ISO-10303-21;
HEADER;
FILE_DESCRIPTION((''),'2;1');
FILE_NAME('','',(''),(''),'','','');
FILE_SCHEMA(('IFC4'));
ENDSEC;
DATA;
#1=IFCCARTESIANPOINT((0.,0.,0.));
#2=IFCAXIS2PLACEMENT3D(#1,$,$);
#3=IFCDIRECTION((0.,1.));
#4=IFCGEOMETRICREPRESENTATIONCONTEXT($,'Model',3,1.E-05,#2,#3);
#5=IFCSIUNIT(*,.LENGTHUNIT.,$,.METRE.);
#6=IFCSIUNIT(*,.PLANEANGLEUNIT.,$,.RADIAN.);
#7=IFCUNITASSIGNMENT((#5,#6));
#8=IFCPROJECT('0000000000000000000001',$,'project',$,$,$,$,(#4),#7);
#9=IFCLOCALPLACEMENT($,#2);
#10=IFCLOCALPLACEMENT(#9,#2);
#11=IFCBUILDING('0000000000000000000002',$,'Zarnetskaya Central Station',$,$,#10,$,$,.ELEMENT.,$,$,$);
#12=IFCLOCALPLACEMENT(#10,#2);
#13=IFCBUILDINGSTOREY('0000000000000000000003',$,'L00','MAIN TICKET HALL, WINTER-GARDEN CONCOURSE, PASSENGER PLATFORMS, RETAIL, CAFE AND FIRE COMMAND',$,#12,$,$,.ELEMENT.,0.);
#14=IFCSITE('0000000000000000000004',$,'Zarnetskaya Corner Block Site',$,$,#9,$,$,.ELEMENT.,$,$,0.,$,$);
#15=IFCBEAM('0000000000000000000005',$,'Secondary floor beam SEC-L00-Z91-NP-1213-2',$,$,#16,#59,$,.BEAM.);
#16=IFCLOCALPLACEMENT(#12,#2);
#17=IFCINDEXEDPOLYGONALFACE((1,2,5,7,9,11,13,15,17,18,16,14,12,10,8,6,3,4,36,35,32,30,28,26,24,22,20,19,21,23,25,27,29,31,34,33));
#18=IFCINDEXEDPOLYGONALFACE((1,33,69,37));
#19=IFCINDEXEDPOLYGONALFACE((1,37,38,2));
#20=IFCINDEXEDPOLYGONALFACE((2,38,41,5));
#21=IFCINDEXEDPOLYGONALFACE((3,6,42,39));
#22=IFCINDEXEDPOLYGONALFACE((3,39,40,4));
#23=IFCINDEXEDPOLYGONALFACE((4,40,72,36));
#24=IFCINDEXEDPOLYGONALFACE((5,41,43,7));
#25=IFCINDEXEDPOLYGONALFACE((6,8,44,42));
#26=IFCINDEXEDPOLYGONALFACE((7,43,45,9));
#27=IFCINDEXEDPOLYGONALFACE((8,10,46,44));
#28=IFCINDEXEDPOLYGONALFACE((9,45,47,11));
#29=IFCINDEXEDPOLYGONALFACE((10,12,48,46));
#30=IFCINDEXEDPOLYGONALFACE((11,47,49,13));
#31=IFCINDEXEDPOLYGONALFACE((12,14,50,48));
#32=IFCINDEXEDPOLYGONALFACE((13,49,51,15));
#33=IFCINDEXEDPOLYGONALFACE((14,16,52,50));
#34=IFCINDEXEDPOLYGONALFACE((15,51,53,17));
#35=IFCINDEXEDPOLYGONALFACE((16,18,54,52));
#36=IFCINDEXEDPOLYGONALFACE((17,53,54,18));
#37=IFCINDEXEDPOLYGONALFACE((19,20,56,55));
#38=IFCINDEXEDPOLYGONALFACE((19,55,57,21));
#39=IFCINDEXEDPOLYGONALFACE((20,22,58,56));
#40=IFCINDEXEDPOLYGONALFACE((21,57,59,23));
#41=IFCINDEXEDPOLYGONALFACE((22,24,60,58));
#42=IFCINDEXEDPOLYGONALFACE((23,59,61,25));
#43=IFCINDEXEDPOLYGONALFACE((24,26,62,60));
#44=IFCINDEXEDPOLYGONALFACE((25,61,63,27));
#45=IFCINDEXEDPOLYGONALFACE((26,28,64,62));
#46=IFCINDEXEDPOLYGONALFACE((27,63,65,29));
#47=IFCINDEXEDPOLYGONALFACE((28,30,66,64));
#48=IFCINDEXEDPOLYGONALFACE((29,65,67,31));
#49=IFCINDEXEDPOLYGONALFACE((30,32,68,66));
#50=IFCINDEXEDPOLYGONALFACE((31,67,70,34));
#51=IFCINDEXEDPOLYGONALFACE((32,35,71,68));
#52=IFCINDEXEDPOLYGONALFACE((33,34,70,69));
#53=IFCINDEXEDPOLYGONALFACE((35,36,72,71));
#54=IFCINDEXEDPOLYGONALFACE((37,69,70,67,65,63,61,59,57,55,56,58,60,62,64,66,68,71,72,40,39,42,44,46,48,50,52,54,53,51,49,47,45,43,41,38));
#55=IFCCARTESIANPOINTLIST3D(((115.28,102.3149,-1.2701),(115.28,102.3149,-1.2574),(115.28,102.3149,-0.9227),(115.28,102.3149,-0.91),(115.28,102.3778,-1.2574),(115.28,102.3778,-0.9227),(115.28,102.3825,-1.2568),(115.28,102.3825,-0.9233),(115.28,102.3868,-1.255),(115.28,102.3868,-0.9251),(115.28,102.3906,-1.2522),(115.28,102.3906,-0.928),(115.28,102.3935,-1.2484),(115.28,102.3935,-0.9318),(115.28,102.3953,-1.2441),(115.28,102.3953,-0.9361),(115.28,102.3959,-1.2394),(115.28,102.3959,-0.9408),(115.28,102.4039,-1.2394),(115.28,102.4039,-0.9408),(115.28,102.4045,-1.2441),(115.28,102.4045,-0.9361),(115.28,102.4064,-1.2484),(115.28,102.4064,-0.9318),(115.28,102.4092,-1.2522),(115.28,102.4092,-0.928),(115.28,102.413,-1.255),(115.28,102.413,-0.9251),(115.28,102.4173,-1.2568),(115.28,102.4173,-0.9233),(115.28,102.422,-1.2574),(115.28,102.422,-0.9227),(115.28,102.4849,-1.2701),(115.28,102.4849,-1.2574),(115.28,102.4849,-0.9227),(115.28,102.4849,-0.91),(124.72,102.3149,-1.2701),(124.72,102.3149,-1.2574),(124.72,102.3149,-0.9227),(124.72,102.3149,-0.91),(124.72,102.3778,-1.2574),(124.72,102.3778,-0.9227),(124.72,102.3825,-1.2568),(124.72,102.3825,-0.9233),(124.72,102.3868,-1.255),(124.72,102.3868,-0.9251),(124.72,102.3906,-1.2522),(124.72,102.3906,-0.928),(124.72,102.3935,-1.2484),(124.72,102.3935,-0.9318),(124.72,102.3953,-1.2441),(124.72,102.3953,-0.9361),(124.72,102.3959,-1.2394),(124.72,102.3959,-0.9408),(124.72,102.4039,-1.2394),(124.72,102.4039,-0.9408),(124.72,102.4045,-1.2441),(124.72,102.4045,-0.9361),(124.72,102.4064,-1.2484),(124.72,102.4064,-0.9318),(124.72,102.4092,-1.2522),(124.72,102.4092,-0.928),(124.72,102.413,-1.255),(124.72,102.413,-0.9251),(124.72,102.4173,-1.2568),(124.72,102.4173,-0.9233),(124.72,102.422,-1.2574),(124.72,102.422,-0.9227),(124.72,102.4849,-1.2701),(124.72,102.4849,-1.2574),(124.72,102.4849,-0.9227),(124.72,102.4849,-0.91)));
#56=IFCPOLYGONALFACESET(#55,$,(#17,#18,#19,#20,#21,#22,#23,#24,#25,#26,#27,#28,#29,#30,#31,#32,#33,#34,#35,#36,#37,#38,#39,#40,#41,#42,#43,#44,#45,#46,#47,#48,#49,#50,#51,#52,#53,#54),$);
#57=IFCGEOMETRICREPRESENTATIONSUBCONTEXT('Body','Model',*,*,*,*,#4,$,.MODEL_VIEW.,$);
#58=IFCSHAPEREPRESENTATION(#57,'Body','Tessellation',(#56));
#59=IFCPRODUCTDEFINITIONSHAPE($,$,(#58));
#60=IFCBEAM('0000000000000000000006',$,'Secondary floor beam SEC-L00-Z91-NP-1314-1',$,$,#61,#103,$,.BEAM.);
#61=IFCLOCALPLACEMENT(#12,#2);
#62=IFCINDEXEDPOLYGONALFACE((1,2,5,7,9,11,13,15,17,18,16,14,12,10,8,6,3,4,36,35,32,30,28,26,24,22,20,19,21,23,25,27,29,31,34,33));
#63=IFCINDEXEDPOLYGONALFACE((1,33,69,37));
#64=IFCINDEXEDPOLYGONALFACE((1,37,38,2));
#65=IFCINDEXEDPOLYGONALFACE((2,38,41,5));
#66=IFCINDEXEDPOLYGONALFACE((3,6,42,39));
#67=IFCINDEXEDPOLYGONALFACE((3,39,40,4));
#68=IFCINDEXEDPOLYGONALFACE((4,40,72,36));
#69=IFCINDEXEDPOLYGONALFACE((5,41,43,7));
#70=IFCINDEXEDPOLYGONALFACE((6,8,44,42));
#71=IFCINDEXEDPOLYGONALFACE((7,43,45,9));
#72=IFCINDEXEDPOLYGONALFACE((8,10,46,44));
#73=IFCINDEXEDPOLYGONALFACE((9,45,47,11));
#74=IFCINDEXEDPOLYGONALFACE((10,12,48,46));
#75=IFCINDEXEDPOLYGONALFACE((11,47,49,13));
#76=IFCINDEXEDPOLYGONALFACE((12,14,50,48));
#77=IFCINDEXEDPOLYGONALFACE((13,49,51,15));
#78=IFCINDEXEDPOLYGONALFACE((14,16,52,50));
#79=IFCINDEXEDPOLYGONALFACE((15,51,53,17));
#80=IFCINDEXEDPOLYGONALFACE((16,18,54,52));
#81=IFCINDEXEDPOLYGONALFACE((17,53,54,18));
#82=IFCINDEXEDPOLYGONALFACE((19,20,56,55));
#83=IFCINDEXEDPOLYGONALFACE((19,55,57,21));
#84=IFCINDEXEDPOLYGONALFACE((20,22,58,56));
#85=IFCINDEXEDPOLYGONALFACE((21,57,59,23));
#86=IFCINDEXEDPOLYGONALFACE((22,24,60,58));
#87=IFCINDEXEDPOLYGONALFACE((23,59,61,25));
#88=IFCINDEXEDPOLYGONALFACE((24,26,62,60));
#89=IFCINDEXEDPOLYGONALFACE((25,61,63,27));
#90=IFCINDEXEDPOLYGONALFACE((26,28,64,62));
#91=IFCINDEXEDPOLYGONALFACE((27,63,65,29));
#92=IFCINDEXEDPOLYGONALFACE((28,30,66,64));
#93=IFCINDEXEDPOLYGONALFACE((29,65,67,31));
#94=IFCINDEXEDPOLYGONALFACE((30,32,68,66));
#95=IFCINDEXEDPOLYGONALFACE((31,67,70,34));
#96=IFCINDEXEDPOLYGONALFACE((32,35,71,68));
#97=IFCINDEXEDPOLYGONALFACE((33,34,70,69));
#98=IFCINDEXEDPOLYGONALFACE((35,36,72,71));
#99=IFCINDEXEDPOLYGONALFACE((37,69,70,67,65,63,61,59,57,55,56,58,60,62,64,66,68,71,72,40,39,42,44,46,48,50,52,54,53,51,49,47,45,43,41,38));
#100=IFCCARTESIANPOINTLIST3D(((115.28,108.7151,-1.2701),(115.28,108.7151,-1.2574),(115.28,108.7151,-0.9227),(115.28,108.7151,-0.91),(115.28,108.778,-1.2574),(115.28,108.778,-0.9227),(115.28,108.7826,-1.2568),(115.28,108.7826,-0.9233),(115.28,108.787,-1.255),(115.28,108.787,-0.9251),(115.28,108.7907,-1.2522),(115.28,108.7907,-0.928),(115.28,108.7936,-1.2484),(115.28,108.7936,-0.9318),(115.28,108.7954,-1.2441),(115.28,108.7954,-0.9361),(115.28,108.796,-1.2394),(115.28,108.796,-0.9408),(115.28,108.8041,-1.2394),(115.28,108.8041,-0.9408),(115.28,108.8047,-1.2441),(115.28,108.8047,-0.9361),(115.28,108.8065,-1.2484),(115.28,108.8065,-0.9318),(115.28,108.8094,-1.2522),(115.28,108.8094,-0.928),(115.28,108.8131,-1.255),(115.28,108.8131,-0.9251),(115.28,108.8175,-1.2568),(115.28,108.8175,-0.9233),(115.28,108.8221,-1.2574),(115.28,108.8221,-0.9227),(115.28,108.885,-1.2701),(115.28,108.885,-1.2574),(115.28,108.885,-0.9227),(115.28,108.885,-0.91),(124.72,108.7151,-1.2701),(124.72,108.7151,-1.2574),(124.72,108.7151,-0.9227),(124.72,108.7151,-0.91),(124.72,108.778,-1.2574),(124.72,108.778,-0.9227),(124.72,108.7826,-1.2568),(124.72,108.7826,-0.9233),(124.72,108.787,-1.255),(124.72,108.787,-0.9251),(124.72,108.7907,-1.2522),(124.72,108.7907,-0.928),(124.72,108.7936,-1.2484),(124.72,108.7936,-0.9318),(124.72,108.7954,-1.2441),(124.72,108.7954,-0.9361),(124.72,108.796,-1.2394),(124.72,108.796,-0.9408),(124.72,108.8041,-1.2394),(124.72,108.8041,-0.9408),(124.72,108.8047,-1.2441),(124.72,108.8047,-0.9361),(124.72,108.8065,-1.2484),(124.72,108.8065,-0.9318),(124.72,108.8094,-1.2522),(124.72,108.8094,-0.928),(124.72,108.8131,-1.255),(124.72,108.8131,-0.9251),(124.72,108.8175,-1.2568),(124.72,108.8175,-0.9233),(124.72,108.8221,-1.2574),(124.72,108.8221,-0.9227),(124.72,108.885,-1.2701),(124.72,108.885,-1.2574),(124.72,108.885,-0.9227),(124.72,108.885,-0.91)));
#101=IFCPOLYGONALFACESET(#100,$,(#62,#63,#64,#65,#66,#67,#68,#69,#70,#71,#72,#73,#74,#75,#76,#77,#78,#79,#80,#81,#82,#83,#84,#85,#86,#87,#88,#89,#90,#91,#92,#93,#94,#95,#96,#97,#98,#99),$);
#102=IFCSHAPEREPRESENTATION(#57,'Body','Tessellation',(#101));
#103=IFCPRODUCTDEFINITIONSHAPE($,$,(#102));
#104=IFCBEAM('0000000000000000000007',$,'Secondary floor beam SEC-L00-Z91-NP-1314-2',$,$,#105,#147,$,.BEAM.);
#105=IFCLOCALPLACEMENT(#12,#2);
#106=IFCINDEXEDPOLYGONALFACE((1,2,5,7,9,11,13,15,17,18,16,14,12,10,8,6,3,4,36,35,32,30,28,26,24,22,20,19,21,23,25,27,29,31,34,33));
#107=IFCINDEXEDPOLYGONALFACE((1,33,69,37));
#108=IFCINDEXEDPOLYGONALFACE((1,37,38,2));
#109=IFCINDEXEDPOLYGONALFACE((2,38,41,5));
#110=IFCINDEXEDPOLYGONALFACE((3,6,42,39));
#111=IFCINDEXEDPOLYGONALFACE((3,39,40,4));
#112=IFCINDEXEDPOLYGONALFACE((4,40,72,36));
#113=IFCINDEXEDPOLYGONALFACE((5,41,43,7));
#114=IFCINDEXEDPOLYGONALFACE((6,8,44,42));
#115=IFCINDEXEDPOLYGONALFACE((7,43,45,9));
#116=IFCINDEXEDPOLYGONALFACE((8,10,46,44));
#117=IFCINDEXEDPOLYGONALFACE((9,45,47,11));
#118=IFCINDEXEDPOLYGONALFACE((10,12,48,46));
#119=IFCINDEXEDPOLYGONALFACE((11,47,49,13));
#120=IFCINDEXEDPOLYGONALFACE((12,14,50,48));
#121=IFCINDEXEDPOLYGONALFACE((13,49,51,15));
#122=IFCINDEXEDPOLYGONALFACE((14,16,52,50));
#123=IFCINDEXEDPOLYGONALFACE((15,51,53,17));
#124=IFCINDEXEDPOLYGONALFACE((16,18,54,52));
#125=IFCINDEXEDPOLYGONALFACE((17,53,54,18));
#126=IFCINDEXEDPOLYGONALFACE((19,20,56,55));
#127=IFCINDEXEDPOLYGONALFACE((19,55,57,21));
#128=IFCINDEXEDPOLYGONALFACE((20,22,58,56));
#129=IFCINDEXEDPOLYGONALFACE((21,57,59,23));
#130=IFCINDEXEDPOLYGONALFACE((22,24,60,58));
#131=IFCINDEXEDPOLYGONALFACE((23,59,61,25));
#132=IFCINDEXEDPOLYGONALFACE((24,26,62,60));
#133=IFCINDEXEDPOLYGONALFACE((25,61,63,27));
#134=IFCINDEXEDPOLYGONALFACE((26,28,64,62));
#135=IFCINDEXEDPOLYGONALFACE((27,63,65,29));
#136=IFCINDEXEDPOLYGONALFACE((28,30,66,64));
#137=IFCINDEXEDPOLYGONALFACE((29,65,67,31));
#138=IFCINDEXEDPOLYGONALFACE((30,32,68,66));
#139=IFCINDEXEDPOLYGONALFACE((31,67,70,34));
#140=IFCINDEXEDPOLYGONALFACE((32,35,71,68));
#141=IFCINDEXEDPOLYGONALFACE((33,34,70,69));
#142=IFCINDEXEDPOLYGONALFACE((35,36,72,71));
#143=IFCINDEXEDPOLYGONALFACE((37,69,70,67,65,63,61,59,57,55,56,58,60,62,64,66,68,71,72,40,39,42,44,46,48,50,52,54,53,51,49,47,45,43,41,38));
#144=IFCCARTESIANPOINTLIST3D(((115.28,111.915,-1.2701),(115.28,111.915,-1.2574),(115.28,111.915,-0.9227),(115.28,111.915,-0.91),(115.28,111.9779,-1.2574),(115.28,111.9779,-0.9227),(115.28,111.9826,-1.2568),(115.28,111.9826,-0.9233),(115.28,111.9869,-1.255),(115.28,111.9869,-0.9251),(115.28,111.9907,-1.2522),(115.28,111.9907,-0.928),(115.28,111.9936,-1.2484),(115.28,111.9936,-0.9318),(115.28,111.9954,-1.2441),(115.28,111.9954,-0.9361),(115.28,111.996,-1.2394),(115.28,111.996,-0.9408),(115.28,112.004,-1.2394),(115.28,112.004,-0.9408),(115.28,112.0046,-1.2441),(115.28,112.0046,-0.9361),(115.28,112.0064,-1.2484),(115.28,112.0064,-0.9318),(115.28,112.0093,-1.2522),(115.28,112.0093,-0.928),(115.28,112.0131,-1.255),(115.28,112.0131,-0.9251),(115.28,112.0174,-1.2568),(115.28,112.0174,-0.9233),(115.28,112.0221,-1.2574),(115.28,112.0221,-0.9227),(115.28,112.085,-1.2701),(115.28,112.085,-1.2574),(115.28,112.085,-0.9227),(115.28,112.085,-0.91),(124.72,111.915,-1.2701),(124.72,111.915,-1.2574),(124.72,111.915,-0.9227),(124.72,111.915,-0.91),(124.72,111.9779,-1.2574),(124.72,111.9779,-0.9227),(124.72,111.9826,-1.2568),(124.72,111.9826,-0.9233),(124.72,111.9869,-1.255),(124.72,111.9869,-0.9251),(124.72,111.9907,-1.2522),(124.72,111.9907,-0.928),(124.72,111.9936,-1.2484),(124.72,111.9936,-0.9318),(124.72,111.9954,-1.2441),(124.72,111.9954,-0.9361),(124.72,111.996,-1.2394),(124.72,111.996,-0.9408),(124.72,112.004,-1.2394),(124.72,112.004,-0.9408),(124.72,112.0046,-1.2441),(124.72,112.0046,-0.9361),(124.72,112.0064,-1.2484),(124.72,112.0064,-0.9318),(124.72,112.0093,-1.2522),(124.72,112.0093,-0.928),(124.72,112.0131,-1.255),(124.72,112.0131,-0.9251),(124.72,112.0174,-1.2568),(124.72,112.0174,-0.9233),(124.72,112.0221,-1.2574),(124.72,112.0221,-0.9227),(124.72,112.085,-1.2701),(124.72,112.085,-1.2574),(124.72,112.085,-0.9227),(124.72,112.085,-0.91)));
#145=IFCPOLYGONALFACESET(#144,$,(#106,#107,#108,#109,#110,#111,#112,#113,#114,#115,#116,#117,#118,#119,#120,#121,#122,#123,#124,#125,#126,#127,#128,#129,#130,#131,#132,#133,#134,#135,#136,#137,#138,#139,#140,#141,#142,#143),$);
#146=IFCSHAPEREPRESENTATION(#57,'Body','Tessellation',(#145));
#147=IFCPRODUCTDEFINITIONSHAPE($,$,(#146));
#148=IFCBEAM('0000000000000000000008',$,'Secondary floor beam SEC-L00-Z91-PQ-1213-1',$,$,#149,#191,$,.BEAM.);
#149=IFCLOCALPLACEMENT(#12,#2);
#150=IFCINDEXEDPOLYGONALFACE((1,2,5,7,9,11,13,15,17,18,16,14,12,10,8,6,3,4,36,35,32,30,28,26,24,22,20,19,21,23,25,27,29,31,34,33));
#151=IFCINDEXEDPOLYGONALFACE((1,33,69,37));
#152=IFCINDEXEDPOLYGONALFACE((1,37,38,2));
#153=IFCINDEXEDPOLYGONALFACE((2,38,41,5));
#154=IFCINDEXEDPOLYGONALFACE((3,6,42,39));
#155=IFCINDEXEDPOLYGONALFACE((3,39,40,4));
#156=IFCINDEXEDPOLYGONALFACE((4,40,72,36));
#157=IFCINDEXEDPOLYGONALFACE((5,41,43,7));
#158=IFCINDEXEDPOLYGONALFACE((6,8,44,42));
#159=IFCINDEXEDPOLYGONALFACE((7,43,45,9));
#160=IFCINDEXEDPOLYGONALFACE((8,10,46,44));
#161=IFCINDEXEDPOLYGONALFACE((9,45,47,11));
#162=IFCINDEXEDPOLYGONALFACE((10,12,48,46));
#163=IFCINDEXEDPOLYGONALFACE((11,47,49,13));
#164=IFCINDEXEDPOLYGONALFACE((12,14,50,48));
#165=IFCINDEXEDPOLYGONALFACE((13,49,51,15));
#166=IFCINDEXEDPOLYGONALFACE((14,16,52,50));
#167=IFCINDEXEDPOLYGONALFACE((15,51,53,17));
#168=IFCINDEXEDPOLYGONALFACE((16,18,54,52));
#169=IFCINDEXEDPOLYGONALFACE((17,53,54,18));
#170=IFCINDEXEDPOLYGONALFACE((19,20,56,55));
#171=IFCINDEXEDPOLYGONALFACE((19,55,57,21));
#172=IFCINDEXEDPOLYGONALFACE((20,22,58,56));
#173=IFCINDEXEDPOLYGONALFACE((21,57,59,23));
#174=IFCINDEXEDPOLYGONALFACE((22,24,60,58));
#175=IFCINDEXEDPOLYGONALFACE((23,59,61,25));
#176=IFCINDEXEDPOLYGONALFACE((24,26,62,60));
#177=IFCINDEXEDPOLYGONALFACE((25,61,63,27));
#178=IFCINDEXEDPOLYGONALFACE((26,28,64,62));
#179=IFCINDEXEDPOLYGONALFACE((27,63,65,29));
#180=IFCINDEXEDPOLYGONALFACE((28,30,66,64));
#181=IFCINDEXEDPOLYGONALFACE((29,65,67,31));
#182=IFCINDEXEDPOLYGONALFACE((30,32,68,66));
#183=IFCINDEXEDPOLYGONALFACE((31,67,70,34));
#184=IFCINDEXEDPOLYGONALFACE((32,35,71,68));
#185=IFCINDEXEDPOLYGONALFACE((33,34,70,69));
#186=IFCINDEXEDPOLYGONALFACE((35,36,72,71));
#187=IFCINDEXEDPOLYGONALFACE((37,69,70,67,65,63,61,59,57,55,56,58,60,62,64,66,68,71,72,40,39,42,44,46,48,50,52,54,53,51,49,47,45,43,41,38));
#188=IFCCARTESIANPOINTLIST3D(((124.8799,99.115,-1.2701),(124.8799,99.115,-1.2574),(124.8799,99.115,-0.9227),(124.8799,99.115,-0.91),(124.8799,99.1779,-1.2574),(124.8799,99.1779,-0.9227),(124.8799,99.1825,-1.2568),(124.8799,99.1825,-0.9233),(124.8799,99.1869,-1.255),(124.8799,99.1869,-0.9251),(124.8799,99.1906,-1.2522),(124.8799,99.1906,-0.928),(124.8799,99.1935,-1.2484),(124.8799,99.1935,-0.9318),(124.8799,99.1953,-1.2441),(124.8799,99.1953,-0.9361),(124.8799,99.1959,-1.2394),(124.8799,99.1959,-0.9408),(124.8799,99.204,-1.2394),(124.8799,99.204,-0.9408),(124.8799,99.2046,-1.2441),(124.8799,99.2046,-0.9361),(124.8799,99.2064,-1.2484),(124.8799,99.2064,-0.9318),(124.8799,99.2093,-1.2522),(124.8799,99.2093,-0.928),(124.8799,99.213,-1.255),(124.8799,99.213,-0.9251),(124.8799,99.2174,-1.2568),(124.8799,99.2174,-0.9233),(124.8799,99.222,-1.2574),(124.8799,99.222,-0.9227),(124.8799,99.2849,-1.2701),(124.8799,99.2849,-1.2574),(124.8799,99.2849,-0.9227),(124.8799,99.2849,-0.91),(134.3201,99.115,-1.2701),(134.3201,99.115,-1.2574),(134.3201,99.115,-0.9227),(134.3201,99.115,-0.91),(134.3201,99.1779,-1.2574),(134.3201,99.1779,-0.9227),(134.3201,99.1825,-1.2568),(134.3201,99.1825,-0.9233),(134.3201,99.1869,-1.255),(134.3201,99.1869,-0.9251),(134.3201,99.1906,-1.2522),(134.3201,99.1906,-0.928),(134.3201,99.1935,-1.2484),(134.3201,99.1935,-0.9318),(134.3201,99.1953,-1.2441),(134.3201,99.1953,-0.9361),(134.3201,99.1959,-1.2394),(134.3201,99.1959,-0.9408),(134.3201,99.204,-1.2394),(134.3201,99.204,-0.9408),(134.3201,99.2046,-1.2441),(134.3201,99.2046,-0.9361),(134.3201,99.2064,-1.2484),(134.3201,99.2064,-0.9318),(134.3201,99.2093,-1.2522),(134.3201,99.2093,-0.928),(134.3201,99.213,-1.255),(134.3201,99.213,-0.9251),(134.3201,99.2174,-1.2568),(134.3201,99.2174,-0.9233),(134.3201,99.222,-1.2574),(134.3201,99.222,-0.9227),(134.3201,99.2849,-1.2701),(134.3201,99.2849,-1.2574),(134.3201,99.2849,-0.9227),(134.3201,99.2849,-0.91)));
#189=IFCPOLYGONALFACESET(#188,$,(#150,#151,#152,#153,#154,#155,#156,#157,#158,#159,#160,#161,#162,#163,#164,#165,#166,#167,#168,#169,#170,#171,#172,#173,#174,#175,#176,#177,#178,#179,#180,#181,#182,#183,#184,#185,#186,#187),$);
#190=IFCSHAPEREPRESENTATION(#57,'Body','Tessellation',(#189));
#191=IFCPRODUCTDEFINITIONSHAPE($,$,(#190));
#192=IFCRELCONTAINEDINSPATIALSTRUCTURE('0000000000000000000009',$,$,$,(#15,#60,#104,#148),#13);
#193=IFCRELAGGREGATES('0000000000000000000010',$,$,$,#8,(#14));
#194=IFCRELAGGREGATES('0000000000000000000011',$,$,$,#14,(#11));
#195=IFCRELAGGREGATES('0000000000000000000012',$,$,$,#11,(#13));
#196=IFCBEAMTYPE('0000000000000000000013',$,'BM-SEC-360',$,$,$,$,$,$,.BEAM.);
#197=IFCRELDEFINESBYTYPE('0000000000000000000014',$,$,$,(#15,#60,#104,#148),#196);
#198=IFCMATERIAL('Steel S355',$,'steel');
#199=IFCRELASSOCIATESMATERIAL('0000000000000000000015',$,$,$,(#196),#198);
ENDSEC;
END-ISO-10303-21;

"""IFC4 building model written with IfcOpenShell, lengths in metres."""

from ifc_helpers import new_model, si_unit, direction, frame, origin, origin_2d, place, context, subcontext, project, spatial, i_section, extrude, material, material_profile, profile_set, type_object, element, save


model = new_model("IFC4")

# Units and contexts
model_context = context("Model", 3, precision=1e-05, world=origin(), true_north=direction((0.0, 1.0)))
body_context = subcontext(model_context, "Body", "Model", "MODEL_VIEW")
ifc_project = project(units=[si_unit("LENGTHUNIT", "METRE"), si_unit("PLANEANGLEUNIT", "RADIAN")], contexts=[model_context])

# Site, building, storey
site_placement = place(None, origin())
site = spatial("IfcSite", under=ifc_project, at=site_placement, Name="Zarnetskaya Corner Block Site", CompositionType="ELEMENT", RefElevation=0.0)
building_placement = place(site_placement, origin())
building = spatial("IfcBuilding", under=site, at=building_placement, Name="Zarnetskaya Central Station", CompositionType="ELEMENT")
storey_placement = place(building_placement, origin())
storey = spatial("IfcBuildingStorey", under=building, at=storey_placement, Name="L00", Description="MAIN TICKET HALL, WINTER-GARDEN CONCOURSE, PASSENGER PLATFORMS, RETAIL, CAFE AND FIRE COMMAND", CompositionType="ELEMENT", Elevation=0.0)

# Shared definitions
ifc_material = material(Name="Steel S355", Category="steel")

# Beams
ifc_material_profile_1 = material_profile(ifc_material, i_section(OverallWidth=0.1699, OverallDepth=0.3601, WebThickness=0.0081, FlangeThickness=0.0127, FilletRadius=0.0181, at=origin_2d()), Name="IPE 360")
ifc_profile_set_1 = profile_set([ifc_material_profile_1], Name="Steel S355")
beam_type_1 = type_object("IfcBeamType", Name="BM-SEC-360", PredefinedType="BEAM", material=ifc_profile_set_1)
for number, where, z_axis, x_axis, name in (
    (1, (115.28, 102.3999, -1.0901), (1.0, 0.0, 0.0), (0.0, 1.0, 0.0), "Secondary floor beam SEC-L00-Z91-NP-1213-2"),
    (2, (115.28, 108.8, -1.0901), (1.0, 0.0, 0.0), (0.0, 1.0, 0.0), "Secondary floor beam SEC-L00-Z91-NP-1314-1"),
    (3, (115.28, 112.0, -1.0901), (1.0, 0.0, 0.0), (0.0, 1.0, 0.0), "Secondary floor beam SEC-L00-Z91-NP-1314-2"),
):
    element("IfcBeam", number, at=place(storey_placement, frame(where, z_axis=z_axis, x_axis=x_axis)), inside=storey, type_object=beam_type_1, Name=name, PredefinedType="BEAM", context=body_context, shape_type="SweptSolid", body=[
        extrude(i_section(OverallWidth=0.1699, OverallDepth=0.3601, WebThickness=0.0081, FlangeThickness=0.0127, FilletRadius=0.0181, at=origin_2d()), origin(), (0.0, 0.0, 1.0), 9.4399),
    ])
for number, where, z_axis, x_axis, name in (
    (4, (124.8799, 99.2, -1.0901), (1.0, 0.0, 0.0), (0.0, 1.0, 0.0), "Secondary floor beam SEC-L00-Z91-PQ-1213-1"),
):
    element("IfcBeam", number, at=place(storey_placement, frame(where, z_axis=z_axis, x_axis=x_axis)), inside=storey, type_object=beam_type_1, Name=name, PredefinedType="BEAM", context=body_context, shape_type="SweptSolid", body=[
        extrude(i_section(OverallWidth=0.1699, OverallDepth=0.3601, WebThickness=0.0081, FlangeThickness=0.0127, FilletRadius=0.0181, at=origin_2d()), origin(), (0.0, 0.0, 1.0), 9.4402),
    ])

save(model, "model.ifc")
